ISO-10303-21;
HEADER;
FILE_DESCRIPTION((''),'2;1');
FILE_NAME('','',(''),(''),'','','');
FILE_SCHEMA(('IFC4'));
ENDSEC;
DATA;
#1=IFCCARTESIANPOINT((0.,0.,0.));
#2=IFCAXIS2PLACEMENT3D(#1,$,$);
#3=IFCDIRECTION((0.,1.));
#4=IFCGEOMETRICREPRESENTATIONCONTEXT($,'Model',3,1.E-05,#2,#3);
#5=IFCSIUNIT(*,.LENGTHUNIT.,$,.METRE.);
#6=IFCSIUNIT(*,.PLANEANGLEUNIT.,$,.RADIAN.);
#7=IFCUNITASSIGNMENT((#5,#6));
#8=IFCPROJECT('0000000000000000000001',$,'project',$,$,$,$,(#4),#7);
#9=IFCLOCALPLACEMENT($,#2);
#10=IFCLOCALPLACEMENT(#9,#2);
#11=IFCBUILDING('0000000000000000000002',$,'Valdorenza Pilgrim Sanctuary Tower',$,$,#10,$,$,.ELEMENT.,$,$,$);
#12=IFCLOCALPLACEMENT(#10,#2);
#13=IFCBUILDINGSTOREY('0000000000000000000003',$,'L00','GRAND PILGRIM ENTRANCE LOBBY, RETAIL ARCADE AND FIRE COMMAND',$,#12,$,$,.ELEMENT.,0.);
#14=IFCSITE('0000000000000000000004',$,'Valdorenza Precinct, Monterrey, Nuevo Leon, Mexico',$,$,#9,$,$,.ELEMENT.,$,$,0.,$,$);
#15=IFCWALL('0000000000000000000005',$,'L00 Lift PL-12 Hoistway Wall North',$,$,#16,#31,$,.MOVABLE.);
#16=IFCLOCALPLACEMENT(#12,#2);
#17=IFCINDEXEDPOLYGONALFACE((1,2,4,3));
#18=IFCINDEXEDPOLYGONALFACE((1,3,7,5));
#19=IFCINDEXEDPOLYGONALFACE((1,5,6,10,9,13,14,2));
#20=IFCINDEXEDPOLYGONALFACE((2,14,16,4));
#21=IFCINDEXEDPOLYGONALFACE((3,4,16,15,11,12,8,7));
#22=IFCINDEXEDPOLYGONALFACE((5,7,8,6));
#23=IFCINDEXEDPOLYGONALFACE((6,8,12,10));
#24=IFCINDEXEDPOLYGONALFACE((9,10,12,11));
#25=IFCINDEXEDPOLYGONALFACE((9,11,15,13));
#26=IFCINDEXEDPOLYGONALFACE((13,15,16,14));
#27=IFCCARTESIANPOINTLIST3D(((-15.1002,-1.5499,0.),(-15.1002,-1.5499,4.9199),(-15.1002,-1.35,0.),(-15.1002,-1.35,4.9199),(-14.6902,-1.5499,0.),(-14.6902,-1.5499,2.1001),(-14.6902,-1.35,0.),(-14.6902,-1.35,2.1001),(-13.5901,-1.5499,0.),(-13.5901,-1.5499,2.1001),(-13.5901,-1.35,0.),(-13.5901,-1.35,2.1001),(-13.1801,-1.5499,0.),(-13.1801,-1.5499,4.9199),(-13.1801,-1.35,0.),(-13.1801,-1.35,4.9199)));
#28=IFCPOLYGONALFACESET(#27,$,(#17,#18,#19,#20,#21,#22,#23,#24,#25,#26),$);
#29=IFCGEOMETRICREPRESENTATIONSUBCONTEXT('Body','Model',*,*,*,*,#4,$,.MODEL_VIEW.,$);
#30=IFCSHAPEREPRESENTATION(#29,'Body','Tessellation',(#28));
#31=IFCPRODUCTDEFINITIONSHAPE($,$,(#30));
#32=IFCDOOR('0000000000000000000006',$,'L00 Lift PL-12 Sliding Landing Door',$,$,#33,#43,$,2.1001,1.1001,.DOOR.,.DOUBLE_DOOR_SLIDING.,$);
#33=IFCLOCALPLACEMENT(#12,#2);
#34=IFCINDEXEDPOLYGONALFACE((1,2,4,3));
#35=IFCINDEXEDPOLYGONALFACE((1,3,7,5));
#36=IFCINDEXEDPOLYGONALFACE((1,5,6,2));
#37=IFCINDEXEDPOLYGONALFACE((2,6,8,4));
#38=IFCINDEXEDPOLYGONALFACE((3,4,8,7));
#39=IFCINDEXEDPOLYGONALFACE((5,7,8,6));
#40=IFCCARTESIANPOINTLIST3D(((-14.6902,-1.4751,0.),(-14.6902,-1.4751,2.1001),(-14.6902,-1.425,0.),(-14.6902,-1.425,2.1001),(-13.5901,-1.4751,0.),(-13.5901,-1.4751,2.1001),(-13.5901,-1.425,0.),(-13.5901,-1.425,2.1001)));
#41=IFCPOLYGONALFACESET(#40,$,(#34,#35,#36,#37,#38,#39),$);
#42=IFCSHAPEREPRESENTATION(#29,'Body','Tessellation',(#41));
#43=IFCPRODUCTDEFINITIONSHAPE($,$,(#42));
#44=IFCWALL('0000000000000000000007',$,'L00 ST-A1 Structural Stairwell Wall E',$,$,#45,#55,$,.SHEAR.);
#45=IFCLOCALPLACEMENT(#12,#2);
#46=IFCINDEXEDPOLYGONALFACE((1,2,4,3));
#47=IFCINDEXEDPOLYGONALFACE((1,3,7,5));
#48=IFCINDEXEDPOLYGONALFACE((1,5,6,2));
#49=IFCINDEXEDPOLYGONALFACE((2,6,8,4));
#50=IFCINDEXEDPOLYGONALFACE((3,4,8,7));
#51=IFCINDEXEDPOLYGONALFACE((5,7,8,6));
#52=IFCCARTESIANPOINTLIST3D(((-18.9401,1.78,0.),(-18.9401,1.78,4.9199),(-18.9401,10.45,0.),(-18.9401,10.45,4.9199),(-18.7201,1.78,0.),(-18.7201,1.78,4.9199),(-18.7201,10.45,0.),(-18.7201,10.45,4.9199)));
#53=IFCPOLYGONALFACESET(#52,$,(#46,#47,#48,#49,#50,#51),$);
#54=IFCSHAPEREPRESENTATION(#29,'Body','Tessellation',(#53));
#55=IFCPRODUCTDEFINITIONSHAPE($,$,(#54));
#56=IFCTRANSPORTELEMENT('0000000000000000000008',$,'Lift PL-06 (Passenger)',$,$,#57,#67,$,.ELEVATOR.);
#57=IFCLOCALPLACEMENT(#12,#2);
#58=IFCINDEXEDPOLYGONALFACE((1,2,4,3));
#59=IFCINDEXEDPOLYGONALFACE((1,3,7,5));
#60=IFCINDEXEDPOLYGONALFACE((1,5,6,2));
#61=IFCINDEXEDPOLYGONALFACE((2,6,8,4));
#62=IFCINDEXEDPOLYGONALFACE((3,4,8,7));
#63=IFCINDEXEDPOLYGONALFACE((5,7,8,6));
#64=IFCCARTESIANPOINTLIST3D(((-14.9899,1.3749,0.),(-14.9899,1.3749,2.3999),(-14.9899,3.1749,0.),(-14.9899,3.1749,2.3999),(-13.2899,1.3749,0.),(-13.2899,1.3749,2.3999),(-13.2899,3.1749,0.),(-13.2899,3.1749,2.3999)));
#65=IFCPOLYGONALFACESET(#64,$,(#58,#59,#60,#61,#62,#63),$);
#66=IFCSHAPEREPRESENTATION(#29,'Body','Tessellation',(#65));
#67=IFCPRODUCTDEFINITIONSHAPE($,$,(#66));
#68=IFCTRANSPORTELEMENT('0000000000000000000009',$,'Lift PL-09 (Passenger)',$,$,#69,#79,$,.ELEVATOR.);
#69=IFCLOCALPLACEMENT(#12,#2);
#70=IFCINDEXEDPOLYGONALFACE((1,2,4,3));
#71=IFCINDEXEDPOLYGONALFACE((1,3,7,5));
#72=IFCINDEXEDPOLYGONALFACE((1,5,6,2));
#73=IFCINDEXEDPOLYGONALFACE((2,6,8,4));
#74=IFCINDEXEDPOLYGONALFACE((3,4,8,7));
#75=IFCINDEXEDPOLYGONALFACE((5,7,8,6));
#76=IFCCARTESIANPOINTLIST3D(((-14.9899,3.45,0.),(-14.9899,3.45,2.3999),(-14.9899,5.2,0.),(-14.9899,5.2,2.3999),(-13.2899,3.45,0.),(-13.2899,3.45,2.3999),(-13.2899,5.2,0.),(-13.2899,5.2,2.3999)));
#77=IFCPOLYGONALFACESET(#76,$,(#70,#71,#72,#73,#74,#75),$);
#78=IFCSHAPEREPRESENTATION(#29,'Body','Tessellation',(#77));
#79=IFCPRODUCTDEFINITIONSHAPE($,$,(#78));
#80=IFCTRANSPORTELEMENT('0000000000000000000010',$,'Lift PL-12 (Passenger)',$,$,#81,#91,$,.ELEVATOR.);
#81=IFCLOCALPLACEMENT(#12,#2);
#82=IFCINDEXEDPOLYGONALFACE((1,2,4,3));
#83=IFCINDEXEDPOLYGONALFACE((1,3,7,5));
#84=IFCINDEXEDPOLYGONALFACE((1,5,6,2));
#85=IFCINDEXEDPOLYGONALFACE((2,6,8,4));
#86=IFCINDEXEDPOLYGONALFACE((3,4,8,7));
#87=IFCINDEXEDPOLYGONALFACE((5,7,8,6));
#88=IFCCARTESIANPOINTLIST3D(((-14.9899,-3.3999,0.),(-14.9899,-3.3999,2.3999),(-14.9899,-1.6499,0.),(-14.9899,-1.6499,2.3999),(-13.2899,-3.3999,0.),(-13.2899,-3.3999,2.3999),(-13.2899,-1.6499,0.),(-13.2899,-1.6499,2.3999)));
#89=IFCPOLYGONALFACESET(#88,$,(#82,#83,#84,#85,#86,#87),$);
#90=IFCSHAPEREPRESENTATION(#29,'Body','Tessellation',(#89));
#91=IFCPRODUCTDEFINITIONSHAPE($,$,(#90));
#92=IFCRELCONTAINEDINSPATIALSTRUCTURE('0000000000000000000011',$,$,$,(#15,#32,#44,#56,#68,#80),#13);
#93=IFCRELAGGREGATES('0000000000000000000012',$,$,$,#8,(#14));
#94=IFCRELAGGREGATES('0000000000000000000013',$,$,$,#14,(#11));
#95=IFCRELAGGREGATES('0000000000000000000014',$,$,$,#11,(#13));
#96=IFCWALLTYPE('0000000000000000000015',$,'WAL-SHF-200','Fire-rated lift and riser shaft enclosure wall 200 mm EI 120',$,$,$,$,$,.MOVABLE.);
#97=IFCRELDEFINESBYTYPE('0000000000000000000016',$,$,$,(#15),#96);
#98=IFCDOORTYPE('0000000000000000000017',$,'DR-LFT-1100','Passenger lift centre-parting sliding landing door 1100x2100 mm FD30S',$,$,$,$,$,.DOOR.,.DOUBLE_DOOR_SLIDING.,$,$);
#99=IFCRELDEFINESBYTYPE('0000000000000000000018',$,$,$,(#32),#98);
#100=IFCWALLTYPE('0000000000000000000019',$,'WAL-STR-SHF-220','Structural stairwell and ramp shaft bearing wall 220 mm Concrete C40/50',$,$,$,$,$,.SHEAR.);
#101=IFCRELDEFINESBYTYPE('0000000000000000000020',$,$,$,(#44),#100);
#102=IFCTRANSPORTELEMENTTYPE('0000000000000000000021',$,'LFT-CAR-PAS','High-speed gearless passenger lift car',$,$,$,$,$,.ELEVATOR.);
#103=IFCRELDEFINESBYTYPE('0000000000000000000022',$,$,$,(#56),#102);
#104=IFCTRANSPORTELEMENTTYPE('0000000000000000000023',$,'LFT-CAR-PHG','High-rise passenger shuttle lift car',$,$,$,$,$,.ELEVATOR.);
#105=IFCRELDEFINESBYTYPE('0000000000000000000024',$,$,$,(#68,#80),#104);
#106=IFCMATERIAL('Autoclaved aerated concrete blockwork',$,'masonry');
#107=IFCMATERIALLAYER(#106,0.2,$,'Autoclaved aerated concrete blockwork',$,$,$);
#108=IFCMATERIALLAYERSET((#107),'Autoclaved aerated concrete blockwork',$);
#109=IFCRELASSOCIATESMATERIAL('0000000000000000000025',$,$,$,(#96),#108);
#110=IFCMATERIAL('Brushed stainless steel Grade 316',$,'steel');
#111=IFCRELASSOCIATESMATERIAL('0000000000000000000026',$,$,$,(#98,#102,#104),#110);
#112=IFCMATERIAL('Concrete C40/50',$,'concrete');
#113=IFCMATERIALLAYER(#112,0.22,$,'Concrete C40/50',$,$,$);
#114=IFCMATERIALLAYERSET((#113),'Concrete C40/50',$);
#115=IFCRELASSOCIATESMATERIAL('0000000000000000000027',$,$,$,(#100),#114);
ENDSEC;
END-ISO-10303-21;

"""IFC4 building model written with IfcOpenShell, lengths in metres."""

from ifc_helpers import new_model, si_unit, direction, frame, frame_2d, origin, origin_2d, place, context, subcontext, project, spatial, rectangle, extrude, source, transform, mapped, material, layer, layer_set, type_object, element, fill, save


model = new_model("IFC4")

# Units and contexts
model_context = context("Model", 3, precision=1e-05, world=origin(), true_north=direction((0.0, 1.0)))
body_context = subcontext(model_context, "Body", "Model", "MODEL_VIEW")
ifc_project = project(units=[si_unit("LENGTHUNIT", "METRE"), si_unit("PLANEANGLEUNIT", "RADIAN")], contexts=[model_context])

# Site, building, storey
site_placement = place(None, origin())
site = spatial("IfcSite", under=ifc_project, at=site_placement, Name="Valdorenza Precinct, Monterrey, Nuevo Leon, Mexico", CompositionType="ELEMENT", RefElevation=0.0)
building_placement = place(site_placement, origin())
building = spatial("IfcBuilding", under=site, at=building_placement, Name="Valdorenza Pilgrim Sanctuary Tower", CompositionType="ELEMENT")
storey_placement = place(building_placement, origin())
storey = spatial("IfcBuildingStorey", under=building, at=storey_placement, Name="L00", Description="GRAND PILGRIM ENTRANCE LOBBY, RETAIL ARCADE AND FIRE COMMAND", CompositionType="ELEMENT", Elevation=0.0)

# Shared definitions
ifc_material_1 = material(Name="Autoclaved aerated concrete blockwork", Category="masonry")
ifc_layer_1 = layer(ifc_material_1, 0.2, Name="Autoclaved aerated concrete blockwork")
ifc_layer_set_1 = layer_set([ifc_layer_1], Name="Autoclaved aerated concrete blockwork")
wall_type_1 = type_object("IfcWallType", Name="WAL-SHF-200", Description="Fire-rated lift and riser shaft enclosure wall 200 mm EI 120", PredefinedType="MOVABLE", material=ifc_layer_set_1)

# Shared definitions
ifc_material_2 = material(Name="Brushed stainless steel Grade 316", Category="steel")

# Shared definitions
door_type_1 = type_object("IfcDoorType", Name="DR-LFT-1100", Description="Passenger lift centre-parting sliding landing door 1100x2100 mm FD30S", OperationType="DOUBLE_DOOR_SLIDING", PredefinedType="DOOR", material=ifc_material_2)

# Wall, opening, door
wall_1_placement = place(storey_placement, frame((-15.1001, -1.45, 0.0), z_axis=(0.0, 0.0, 1.0), x_axis=(1.0, 0.0, 0.0)))
wall_1 = element("IfcWall", 1, at=wall_1_placement, inside=storey, type_object=wall_type_1, Name="L00 Lift PL-12 Hoistway Wall North", PredefinedType="MOVABLE", context=body_context, shape_type="SweptSolid", body=[
    extrude(rectangle(XDim=1.9202, YDim=0.2, at=frame_2d((0.96, 0.0))), origin(), (0.0, 0.0, 1.0), 4.9199),
])
opening_1_placement = place(wall_1_placement, frame((0.4099, 0.0, 0.0)))
opening_1 = element("IfcOpeningElement", 2, at=opening_1_placement, cuts=wall_1, PredefinedType="OPENING", context=body_context, shape_type="SweptSolid", body=[
    extrude(rectangle(XDim=1.1001, YDim=2.1001, at=frame_2d((0.55, 1.05))), frame((0.0, 0.1147, 0.0), z_axis=(0.0, -1.0, 0.0), x_axis=(1.0, 0.0, 0.0)), (0.0, 0.0, 1.0), 0.2297),
])
door_1_placement = place(opening_1_placement, origin())
door_1 = element("IfcDoor", 3, at=door_1_placement, inside=storey, type_object=door_type_1, Name="L00 Lift PL-12 Sliding Landing Door", OperationType="DOUBLE_DOOR_SLIDING", OverallHeight=2.1001, OverallWidth=1.1001, PredefinedType="DOOR", context=body_context, shape_type="SweptSolid", body=[
    extrude(rectangle(XDim=1.1001, YDim=2.1001, at=frame_2d((0.55, 1.05))), frame((0.0, 0.0249, 0.0), z_axis=(0.0, -1.0, 0.0), x_axis=(1.0, 0.0, 0.0)), (0.0, 0.0, 1.0), 0.05),
])
fill(opening_1, door_1)

# Wall
ifc_material_3 = material(Name="Concrete C40/50", Category="concrete")
ifc_layer_2 = layer(ifc_material_3, 0.22, Name="Concrete C40/50")
ifc_layer_set_2 = layer_set([ifc_layer_2], Name="Concrete C40/50")
wall_type_2 = type_object("IfcWallType", Name="WAL-STR-SHF-220", Description="Structural stairwell and ramp shaft bearing wall 220 mm Concrete C40/50", PredefinedType="SHEAR", material=ifc_layer_set_2)
wall_2_placement = place(storey_placement, frame((-18.8301, 1.78, 0.0), z_axis=(0.0, 0.0, 1.0), x_axis=(0.0, 1.0, 0.0)))
element("IfcWall", 4, at=wall_2_placement, inside=storey, type_object=wall_type_2, Name="L00 ST-A1 Structural Stairwell Wall E", PredefinedType="SHEAR", context=body_context, shape_type="SweptSolid", body=[
    extrude(rectangle(XDim=8.6699, YDim=0.22, at=frame_2d((4.335, 0.0))), origin(), (0.0, 0.0, 1.0), 4.9199),
])

# Transport elements
transport_element_type_1 = type_object("IfcTransportElementType", Name="LFT-CAR-PAS", Description="High-speed gearless passenger lift car", PredefinedType="ELEVATOR", material=ifc_material_2)
shared_shape_1 = source(origin(), body_context, "Body", "SweptSolid", [
    extrude(rectangle(XDim=1.7, YDim=1.8, at=origin_2d()), origin(), (0.0, 0.0, 1.0), 2.3999),
])
transport_element_placement = place(storey_placement, frame((-14.1399, 2.2749, 0.0), z_axis=(0.0, 0.0, 1.0), x_axis=(1.0, 0.0, 0.0)))
element("IfcTransportElement", 5, at=transport_element_placement, inside=storey, type_object=transport_element_type_1, Name="Lift PL-06 (Passenger)", PredefinedType="ELEVATOR", context=body_context, shape_type="MappedRepresentation", body=[
    mapped(shared_shape_1, transform((0.0, 0.0, 0.0), x_axis=(1.0, 0.0, 0.0), y_axis=(0.0, 1.0, 0.0), z_axis=(0.0, 0.0, 1.0), scale=1.0)),
])
transport_element_type_2 = type_object("IfcTransportElementType", Name="LFT-CAR-PHG", Description="High-rise passenger shuttle lift car", PredefinedType="ELEVATOR", material=ifc_material_2)
shared_shape_2 = source(origin(), body_context, "Body", "SweptSolid", [
    extrude(rectangle(XDim=1.7, YDim=1.75, at=origin_2d()), origin(), (0.0, 0.0, 1.0), 2.3999),
])
for number, where, z_axis, x_axis, name in (
    (6, (-14.1399, 4.325, 0.0), (0.0, 0.0, 1.0), (1.0, 0.0, 0.0), "Lift PL-09 (Passenger)"),
    (7, (-14.1399, -2.5249, 0.0), (0.0, 0.0, 1.0), (1.0, 0.0, 0.0), "Lift PL-12 (Passenger)"),
):
    element("IfcTransportElement", number, at=place(storey_placement, frame(where, z_axis=z_axis, x_axis=x_axis)), inside=storey, type_object=transport_element_type_2, Name=name, PredefinedType="ELEVATOR", context=body_context, shape_type="MappedRepresentation", body=[
        mapped(shared_shape_2, transform((0.0, 0.0, 0.0), x_axis=(1.0, 0.0, 0.0), y_axis=(0.0, 1.0, 0.0), z_axis=(0.0, 0.0, 1.0), scale=1.0)),
    ])

save(model, "model.ifc")
